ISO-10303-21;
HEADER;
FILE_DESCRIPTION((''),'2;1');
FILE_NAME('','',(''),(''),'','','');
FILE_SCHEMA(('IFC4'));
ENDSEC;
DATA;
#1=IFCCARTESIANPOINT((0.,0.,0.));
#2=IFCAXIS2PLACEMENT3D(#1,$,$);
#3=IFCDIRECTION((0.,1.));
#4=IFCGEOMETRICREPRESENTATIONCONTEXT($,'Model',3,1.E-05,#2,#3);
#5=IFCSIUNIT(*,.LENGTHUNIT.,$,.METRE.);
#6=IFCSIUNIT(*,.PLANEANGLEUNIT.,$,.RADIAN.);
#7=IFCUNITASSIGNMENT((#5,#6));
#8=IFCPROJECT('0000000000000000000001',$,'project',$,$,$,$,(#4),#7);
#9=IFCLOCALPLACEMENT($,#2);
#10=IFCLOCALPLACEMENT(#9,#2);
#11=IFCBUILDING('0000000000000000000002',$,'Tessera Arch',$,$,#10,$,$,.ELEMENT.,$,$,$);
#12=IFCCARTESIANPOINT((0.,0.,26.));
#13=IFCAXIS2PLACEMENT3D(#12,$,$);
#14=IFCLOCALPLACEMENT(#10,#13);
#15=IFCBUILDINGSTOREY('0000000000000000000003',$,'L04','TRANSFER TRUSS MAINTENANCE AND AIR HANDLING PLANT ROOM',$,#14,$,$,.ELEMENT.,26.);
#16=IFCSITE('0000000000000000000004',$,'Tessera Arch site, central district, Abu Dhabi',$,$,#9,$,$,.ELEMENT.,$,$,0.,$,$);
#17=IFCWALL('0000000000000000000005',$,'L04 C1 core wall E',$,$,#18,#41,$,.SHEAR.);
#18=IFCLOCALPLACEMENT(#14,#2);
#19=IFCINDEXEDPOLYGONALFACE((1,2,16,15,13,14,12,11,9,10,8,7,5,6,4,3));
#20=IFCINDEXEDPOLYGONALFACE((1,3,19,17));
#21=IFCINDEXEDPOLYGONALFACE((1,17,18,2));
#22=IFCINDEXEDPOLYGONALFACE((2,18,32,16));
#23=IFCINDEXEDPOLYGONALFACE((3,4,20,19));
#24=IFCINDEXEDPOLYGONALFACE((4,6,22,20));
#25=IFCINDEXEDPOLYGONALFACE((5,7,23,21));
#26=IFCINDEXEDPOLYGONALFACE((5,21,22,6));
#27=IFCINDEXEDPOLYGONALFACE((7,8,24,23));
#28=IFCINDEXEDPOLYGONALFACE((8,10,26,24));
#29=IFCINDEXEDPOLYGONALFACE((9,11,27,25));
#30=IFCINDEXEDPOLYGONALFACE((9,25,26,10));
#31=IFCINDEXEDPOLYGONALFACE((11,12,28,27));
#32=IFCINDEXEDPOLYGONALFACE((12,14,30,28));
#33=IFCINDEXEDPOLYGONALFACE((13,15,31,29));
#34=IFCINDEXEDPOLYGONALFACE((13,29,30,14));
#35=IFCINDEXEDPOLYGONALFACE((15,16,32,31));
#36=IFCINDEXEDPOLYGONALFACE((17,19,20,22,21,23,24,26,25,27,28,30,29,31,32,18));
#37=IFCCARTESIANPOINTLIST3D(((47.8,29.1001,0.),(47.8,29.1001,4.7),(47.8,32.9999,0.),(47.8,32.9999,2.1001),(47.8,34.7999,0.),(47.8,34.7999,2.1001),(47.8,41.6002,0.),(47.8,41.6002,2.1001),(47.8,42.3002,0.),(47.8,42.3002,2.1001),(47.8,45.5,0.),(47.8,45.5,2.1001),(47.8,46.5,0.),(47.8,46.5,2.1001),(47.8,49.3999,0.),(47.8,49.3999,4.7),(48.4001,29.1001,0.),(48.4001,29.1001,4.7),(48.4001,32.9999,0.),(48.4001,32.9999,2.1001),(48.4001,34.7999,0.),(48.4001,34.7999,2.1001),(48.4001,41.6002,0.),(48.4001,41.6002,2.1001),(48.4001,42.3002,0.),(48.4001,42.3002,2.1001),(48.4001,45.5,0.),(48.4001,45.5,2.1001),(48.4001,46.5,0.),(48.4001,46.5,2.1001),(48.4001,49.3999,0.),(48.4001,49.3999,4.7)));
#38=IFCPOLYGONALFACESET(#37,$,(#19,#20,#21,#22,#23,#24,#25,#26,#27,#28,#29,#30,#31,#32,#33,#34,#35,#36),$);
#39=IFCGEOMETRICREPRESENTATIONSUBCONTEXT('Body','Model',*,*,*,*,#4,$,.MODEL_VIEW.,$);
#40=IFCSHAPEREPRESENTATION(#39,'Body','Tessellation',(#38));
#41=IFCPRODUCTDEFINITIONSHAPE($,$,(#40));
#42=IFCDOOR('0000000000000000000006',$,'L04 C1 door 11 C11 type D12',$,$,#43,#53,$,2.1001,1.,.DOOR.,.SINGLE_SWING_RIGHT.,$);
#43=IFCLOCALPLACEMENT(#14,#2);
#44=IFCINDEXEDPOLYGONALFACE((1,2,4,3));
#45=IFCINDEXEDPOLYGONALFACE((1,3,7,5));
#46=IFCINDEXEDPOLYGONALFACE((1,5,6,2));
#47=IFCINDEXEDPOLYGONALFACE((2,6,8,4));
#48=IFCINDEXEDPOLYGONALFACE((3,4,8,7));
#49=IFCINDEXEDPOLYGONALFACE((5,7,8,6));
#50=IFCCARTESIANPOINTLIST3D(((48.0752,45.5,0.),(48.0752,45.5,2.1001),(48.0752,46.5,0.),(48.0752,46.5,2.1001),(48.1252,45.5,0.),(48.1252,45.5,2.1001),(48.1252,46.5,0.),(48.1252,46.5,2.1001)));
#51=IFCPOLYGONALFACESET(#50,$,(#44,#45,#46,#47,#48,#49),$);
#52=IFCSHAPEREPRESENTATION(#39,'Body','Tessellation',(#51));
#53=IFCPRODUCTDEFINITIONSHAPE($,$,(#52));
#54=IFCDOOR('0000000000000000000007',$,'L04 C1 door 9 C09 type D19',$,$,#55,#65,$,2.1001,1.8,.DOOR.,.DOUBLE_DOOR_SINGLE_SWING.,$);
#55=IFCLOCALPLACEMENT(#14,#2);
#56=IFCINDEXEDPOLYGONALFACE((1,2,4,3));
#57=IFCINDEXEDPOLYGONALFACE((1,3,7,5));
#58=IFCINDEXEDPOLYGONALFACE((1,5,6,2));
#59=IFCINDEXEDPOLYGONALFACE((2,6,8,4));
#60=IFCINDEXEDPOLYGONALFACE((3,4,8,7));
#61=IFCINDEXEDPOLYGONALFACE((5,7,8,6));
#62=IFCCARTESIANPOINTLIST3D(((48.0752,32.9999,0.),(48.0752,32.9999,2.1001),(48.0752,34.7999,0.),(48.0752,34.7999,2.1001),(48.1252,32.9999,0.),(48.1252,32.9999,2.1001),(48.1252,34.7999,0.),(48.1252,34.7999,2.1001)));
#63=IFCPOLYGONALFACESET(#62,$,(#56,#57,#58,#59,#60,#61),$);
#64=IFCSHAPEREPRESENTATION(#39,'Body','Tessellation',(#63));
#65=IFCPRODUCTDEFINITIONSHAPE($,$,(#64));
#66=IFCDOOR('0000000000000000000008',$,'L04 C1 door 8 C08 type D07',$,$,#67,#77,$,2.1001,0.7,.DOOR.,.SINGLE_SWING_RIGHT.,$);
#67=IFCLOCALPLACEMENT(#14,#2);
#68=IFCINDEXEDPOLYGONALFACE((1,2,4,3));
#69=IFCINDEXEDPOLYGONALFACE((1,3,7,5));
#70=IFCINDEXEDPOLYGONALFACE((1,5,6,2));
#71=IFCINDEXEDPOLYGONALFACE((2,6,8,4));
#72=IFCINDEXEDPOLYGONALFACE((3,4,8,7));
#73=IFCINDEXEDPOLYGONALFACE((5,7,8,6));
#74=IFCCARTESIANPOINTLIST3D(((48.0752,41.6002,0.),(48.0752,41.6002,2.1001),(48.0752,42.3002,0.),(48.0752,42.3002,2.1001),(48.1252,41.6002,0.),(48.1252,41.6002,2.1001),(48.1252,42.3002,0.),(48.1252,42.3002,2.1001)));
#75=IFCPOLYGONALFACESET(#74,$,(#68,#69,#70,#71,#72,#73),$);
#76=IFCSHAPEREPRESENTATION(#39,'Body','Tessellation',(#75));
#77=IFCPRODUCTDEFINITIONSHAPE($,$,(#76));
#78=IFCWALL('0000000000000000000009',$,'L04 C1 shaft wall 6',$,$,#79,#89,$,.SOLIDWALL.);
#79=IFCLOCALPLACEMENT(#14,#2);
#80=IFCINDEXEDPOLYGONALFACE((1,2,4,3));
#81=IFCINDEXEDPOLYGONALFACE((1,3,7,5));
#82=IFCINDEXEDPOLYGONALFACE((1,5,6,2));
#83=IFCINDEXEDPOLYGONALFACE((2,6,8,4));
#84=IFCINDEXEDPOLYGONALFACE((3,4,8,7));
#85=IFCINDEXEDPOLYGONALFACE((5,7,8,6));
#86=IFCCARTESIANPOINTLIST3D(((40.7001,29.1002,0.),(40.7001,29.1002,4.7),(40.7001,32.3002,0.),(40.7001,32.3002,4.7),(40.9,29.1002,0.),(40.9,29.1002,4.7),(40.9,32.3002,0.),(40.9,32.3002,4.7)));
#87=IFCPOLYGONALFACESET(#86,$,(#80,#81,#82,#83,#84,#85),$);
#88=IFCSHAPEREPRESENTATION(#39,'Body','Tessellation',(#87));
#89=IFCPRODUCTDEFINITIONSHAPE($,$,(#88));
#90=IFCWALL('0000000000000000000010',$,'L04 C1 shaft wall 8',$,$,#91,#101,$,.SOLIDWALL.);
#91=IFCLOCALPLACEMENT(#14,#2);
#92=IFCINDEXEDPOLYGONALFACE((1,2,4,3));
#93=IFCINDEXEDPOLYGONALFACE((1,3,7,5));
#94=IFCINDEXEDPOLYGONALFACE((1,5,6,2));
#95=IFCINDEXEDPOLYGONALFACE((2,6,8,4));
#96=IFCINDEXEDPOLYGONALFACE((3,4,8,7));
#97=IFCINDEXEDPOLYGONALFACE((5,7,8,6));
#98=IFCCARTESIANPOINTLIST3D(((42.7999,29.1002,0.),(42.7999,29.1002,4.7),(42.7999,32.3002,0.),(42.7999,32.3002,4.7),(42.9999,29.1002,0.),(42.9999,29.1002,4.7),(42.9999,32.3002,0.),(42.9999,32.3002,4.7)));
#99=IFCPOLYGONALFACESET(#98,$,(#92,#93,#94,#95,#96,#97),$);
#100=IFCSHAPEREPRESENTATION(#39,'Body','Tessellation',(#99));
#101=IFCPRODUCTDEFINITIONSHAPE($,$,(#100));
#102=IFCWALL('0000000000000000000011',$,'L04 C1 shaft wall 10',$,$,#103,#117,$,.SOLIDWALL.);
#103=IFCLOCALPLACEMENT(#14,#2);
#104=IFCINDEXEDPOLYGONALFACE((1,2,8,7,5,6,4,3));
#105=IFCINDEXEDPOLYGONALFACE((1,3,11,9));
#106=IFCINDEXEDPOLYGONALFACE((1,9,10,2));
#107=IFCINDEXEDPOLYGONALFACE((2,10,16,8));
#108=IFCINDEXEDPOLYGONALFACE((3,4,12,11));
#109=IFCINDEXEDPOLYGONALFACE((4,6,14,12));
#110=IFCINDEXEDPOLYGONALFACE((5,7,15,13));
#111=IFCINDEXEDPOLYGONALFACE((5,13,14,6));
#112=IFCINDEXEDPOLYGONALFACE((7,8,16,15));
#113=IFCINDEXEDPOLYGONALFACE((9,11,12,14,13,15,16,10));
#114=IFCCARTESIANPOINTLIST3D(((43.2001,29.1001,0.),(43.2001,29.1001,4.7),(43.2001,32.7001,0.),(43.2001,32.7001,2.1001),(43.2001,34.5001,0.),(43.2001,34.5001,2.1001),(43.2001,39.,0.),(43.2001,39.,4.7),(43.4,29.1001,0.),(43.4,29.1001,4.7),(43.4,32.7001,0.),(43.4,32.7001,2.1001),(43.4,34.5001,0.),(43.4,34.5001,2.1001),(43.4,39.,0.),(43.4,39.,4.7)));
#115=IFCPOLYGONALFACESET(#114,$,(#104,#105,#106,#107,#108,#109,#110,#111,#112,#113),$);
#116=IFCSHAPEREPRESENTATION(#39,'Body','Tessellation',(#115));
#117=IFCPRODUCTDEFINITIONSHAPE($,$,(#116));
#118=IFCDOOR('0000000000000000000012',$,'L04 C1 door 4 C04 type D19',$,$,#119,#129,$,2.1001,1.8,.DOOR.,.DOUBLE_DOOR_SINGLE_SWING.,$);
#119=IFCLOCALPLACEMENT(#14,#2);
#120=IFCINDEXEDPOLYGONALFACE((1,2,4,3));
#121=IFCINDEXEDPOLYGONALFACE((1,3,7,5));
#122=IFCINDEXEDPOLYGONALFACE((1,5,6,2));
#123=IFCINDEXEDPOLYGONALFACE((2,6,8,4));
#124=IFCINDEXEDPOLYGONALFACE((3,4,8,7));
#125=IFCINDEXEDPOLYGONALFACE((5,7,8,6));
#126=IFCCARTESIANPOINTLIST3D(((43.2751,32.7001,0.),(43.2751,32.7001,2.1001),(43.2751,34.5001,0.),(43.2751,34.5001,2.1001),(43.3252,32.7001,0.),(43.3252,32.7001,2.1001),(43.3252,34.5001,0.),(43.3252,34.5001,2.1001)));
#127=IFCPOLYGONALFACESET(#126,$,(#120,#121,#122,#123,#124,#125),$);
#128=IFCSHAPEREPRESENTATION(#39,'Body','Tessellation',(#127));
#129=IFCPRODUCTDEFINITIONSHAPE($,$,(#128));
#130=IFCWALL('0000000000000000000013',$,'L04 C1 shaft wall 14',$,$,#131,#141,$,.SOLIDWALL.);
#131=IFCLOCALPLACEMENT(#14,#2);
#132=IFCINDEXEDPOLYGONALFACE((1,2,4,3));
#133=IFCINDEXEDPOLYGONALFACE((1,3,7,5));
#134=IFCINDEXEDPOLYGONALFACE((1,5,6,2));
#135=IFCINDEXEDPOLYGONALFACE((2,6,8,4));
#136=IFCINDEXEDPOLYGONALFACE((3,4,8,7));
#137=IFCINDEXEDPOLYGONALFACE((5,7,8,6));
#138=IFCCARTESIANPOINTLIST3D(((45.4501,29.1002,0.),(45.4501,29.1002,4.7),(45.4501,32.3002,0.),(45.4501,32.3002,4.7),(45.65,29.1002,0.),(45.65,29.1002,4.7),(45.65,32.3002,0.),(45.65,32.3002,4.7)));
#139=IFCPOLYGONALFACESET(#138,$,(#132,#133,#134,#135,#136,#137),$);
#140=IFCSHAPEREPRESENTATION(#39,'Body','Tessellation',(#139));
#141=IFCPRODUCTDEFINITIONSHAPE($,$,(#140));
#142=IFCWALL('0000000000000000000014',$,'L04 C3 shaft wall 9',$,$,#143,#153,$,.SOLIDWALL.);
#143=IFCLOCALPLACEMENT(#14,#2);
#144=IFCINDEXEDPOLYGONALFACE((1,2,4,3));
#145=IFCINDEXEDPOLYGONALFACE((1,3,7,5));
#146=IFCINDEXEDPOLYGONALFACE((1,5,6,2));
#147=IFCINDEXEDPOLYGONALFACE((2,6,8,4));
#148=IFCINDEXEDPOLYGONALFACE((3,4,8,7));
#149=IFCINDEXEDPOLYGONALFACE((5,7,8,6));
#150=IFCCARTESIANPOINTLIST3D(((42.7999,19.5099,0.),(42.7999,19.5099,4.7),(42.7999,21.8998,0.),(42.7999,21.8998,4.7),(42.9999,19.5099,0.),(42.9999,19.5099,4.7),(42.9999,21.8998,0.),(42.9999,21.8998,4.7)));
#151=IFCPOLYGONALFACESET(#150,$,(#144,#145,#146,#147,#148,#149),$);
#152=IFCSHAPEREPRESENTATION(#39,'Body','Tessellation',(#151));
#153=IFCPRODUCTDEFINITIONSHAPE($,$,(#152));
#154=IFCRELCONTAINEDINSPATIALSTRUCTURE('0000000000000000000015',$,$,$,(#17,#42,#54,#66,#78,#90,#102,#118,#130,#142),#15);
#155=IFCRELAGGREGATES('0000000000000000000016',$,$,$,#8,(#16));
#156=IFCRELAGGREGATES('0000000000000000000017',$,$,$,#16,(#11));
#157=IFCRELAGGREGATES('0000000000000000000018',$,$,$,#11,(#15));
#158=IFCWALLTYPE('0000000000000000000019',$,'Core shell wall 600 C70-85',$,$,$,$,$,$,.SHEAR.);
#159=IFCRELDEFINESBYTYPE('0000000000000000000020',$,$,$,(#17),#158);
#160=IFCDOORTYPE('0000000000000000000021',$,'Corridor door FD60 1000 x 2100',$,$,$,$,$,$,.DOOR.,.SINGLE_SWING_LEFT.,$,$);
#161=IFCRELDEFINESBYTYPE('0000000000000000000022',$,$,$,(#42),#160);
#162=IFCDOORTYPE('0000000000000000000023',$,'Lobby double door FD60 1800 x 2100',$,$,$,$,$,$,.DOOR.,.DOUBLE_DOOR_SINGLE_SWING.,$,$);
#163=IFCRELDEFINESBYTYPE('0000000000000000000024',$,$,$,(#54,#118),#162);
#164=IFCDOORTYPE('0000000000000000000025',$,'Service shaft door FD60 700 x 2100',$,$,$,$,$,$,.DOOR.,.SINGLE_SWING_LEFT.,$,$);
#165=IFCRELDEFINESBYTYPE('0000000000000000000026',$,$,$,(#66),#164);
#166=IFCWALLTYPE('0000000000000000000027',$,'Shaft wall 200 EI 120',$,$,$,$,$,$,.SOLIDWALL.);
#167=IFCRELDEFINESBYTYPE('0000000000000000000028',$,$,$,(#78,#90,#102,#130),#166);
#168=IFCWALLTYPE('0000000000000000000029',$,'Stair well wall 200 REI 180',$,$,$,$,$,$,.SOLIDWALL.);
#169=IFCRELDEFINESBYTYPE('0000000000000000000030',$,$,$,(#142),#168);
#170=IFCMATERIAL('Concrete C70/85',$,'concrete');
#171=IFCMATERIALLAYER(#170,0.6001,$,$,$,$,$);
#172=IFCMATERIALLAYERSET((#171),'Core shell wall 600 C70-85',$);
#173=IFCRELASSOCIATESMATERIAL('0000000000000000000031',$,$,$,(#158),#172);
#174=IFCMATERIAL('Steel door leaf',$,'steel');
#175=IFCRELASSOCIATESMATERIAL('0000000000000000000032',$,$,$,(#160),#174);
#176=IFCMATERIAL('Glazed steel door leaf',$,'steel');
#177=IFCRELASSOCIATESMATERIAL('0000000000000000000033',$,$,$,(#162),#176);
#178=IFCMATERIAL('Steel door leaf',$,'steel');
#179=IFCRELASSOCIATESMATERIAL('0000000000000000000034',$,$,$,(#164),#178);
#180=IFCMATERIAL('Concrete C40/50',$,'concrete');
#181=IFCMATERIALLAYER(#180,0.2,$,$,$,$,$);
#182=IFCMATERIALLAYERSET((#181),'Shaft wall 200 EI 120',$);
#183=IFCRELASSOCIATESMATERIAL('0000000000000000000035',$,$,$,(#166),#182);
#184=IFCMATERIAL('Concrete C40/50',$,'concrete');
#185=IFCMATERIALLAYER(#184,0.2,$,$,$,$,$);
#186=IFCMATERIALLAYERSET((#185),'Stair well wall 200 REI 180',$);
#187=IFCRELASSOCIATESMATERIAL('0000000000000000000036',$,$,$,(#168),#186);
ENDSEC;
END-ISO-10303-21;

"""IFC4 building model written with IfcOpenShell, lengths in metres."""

from ifc_helpers import new_model, si_unit, direction, frame, frame_2d, origin, place, context, subcontext, project, spatial, rectangle, extrude, material, layer, layer_set, type_object, element, fill, save


model = new_model("IFC4")

# Units and contexts
model_context = context("Model", 3, precision=1e-05, world=origin(), true_north=direction((0.0, 1.0)))
body_context = subcontext(model_context, "Body", "Model", "MODEL_VIEW")
ifc_project = project(units=[si_unit("LENGTHUNIT", "METRE"), si_unit("PLANEANGLEUNIT", "RADIAN")], contexts=[model_context])

# Site, building, storey
site_placement = place(None, origin())
site = spatial("IfcSite", under=ifc_project, at=site_placement, Name="Tessera Arch site, central district, Abu Dhabi", CompositionType="ELEMENT", RefElevation=0.0)
building_placement = place(site_placement, origin())
building = spatial("IfcBuilding", under=site, at=building_placement, Name="Tessera Arch", CompositionType="ELEMENT")
storey_placement = place(building_placement, frame((0.0, 0.0, 26.0)))
storey = spatial("IfcBuildingStorey", under=building, at=storey_placement, Name="L04", Description="TRANSFER TRUSS MAINTENANCE AND AIR HANDLING PLANT ROOM", CompositionType="ELEMENT", Elevation=26.0)

# Wall, openings, doors
ifc_material_1 = material(Name="Concrete C70/85", Category="concrete")
ifc_layer_1 = layer(ifc_material_1, 0.6001)
ifc_layer_set_1 = layer_set([ifc_layer_1], Name="Core shell wall 600 C70-85")
wall_type_1 = type_object("IfcWallType", Name="Core shell wall 600 C70-85", PredefinedType="SHEAR", material=ifc_layer_set_1)
wall_1_placement = place(storey_placement, frame((48.1001, 29.1001, 0.0), z_axis=(0.0, 0.0, 1.0), x_axis=(0.0, 1.0, 0.0)))
wall_1 = element("IfcWall", 1, at=wall_1_placement, inside=storey, type_object=wall_type_1, Name="L04 C1 core wall E", PredefinedType="SHEAR", context=body_context, shape_type="SweptSolid", body=[
    extrude(rectangle(XDim=20.2998, YDim=0.6001, at=frame_2d((10.1499, 0.0))), origin(), (0.0, 0.0, 1.0), 4.7),
])
opening_1_placement = place(wall_1_placement, frame((12.5, 0.0, 0.0)))
opening_1 = element("IfcOpeningElement", 2, at=opening_1_placement, cuts=wall_1, PredefinedType="OPENING", context=body_context, shape_type="SweptSolid", body=[
    extrude(rectangle(XDim=0.7, YDim=2.1001, at=frame_2d((0.3501, 1.05))), frame((0.0, 0.3101, 0.0), z_axis=(0.0, -1.0, 0.0), x_axis=(1.0, 0.0, 0.0)), (0.0, 0.0, 1.0), 0.6201),
])
opening_2_placement = place(wall_1_placement, frame((3.8999, 0.0, 0.0)))
opening_2 = element("IfcOpeningElement", 3, at=opening_2_placement, cuts=wall_1, PredefinedType="OPENING", context=body_context, shape_type="SweptSolid", body=[
    extrude(rectangle(XDim=1.8, YDim=2.1001, at=frame_2d((0.8999, 1.05))), frame((0.0, 0.3101, 0.0), z_axis=(0.0, -1.0, 0.0), x_axis=(1.0, 0.0, 0.0)), (0.0, 0.0, 1.0), 0.6201),
])
opening_3_placement = place(wall_1_placement, frame((16.3999, 0.0, 0.0)))
opening_3 = element("IfcOpeningElement", 4, at=opening_3_placement, cuts=wall_1, PredefinedType="OPENING", context=body_context, shape_type="SweptSolid", body=[
    extrude(rectangle(XDim=1.0, YDim=2.1001, at=frame_2d((0.5, 1.05))), frame((0.0, 0.3101, 0.0), z_axis=(0.0, -1.0, 0.0), x_axis=(1.0, 0.0, 0.0)), (0.0, 0.0, 1.0), 0.6201),
])
ifc_material_2 = material(Name="Steel door leaf", Category="steel")
door_type_1 = type_object("IfcDoorType", Name="Corridor door FD60 1000 x 2100", OperationType="SINGLE_SWING_LEFT", PredefinedType="DOOR", material=ifc_material_2)
door_1_placement = place(opening_3_placement, origin())
door_1 = element("IfcDoor", 5, at=door_1_placement, inside=storey, type_object=door_type_1, Name="L04 C1 door 11 C11 type D12", OperationType="SINGLE_SWING_RIGHT", OverallHeight=2.1001, OverallWidth=1.0, PredefinedType="DOOR", context=body_context, shape_type="SweptSolid", body=[
    extrude(rectangle(XDim=1.0, YDim=2.1001, at=frame_2d((0.5, 1.05))), frame((0.0, 0.0249, 0.0), z_axis=(0.0, -1.0, 0.0), x_axis=(1.0, 0.0, 0.0)), (0.0, 0.0, 1.0), 0.05),
])
fill(opening_3, door_1)
ifc_material_3 = material(Name="Glazed steel door leaf", Category="steel")
door_type_2 = type_object("IfcDoorType", Name="Lobby double door FD60 1800 x 2100", OperationType="DOUBLE_DOOR_SINGLE_SWING", PredefinedType="DOOR", material=ifc_material_3)
door_2_placement = place(opening_2_placement, origin())
door_2 = element("IfcDoor", 6, at=door_2_placement, inside=storey, type_object=door_type_2, Name="L04 C1 door 9 C09 type D19", OperationType="DOUBLE_DOOR_SINGLE_SWING", OverallHeight=2.1001, OverallWidth=1.8, PredefinedType="DOOR", context=body_context, shape_type="SweptSolid", body=[
    extrude(rectangle(XDim=1.8, YDim=2.1001, at=frame_2d((0.8999, 1.05))), frame((0.0, 0.0249, 0.0), z_axis=(0.0, -1.0, 0.0), x_axis=(1.0, 0.0, 0.0)), (0.0, 0.0, 1.0), 0.05),
])
fill(opening_2, door_2)
ifc_material_4 = material(Name="Steel door leaf", Category="steel")
door_type_3 = type_object("IfcDoorType", Name="Service shaft door FD60 700 x 2100", OperationType="SINGLE_SWING_LEFT", PredefinedType="DOOR", material=ifc_material_4)
door_3_placement = place(opening_1_placement, origin())
door_3 = element("IfcDoor", 7, at=door_3_placement, inside=storey, type_object=door_type_3, Name="L04 C1 door 8 C08 type D07", OperationType="SINGLE_SWING_RIGHT", OverallHeight=2.1001, OverallWidth=0.7, PredefinedType="DOOR", context=body_context, shape_type="SweptSolid", body=[
    extrude(rectangle(XDim=0.7, YDim=2.1001, at=frame_2d((0.3501, 1.05))), frame((0.0, 0.0249, 0.0), z_axis=(0.0, -1.0, 0.0), x_axis=(1.0, 0.0, 0.0)), (0.0, 0.0, 1.0), 0.05),
])
fill(opening_1, door_3)

# Walls
ifc_material_5 = material(Name="Concrete C40/50", Category="concrete")
ifc_layer_2 = layer(ifc_material_5, 0.2)
ifc_layer_set_2 = layer_set([ifc_layer_2], Name="Shaft wall 200 EI 120")
wall_type_2 = type_object("IfcWallType", Name="Shaft wall 200 EI 120", PredefinedType="SOLIDWALL", material=ifc_layer_set_2)
for number, where, z_axis, x_axis, name in (
    (8, (40.8, 29.1001, 0.0), (0.0, 0.0, 1.0), (0.0, 1.0, 0.0), "L04 C1 shaft wall 6"),
    (9, (42.8999, 29.1001, 0.0), (0.0, 0.0, 1.0), (0.0, 1.0, 0.0), "L04 C1 shaft wall 8"),
):
    element("IfcWall", number, at=place(storey_placement, frame(where, z_axis=z_axis, x_axis=x_axis)), inside=storey, type_object=wall_type_2, Name=name, PredefinedType="SOLIDWALL", context=body_context, shape_type="SweptSolid", body=[
        extrude(rectangle(XDim=3.2, YDim=0.2, at=frame_2d((1.6001, 0.0))), origin(), (0.0, 0.0, 1.0), 4.7),
    ])

# Wall, opening, door
wall_2_placement = place(storey_placement, frame((43.3, 29.1001, 0.0), z_axis=(0.0, 0.0, 1.0), x_axis=(0.0, 1.0, 0.0)))
wall_2 = element("IfcWall", 10, at=wall_2_placement, inside=storey, type_object=wall_type_2, Name="L04 C1 shaft wall 10", PredefinedType="SOLIDWALL", context=body_context, shape_type="SweptSolid", body=[
    extrude(rectangle(XDim=9.8999, YDim=0.2, at=frame_2d((4.95, 0.0))), origin(), (0.0, 0.0, 1.0), 4.7),
])
opening_4_placement = place(wall_2_placement, frame((3.6001, 0.0, 0.0)))
opening_4 = element("IfcOpeningElement", 11, at=opening_4_placement, cuts=wall_2, PredefinedType="OPENING", context=body_context, shape_type="SweptSolid", body=[
    extrude(rectangle(XDim=1.8, YDim=2.1001, at=frame_2d((0.8999, 1.05))), frame((0.0, 0.1099, 0.0), z_axis=(0.0, -1.0, 0.0), x_axis=(1.0, 0.0, 0.0)), (0.0, 0.0, 1.0), 0.22),
])
door_4_placement = place(opening_4_placement, origin())
door_4 = element("IfcDoor", 12, at=door_4_placement, inside=storey, type_object=door_type_2, Name="L04 C1 door 4 C04 type D19", OperationType="DOUBLE_DOOR_SINGLE_SWING", OverallHeight=2.1001, OverallWidth=1.8, PredefinedType="DOOR", context=body_context, shape_type="SweptSolid", body=[
    extrude(rectangle(XDim=1.8, YDim=2.1001, at=frame_2d((0.8999, 1.05))), frame((0.0, 0.0249, 0.0), z_axis=(0.0, -1.0, 0.0), x_axis=(1.0, 0.0, 0.0)), (0.0, 0.0, 1.0), 0.05),
])
fill(opening_4, door_4)

# Walls
wall_3_placement = place(storey_placement, frame((45.55, 29.1001, 0.0), z_axis=(0.0, 0.0, 1.0), x_axis=(0.0, 1.0, 0.0)))
element("IfcWall", 13, at=wall_3_placement, inside=storey, type_object=wall_type_2, Name="L04 C1 shaft wall 14", PredefinedType="SOLIDWALL", context=body_context, shape_type="SweptSolid", body=[
    extrude(rectangle(XDim=3.2, YDim=0.2, at=frame_2d((1.6001, 0.0))), origin(), (0.0, 0.0, 1.0), 4.7),
])
ifc_material_6 = material(Name="Concrete C40/50", Category="concrete")
ifc_layer_3 = layer(ifc_material_6, 0.2)
ifc_layer_set_3 = layer_set([ifc_layer_3], Name="Stair well wall 200 REI 180")
wall_type_3 = type_object("IfcWallType", Name="Stair well wall 200 REI 180", PredefinedType="SOLIDWALL", material=ifc_layer_set_3)
wall_4_placement = place(storey_placement, frame((42.8999, 19.51, 0.0), z_axis=(0.0, 0.0, 1.0), x_axis=(0.0, 1.0, 0.0)))
element("IfcWall", 14, at=wall_4_placement, inside=storey, type_object=wall_type_3, Name="L04 C3 shaft wall 9", PredefinedType="SOLIDWALL", context=body_context, shape_type="SweptSolid", body=[
    extrude(rectangle(XDim=2.3899, YDim=0.2, at=frame_2d((1.1948, 0.0))), origin(), (0.0, 0.0, 1.0), 4.7),
])

save(model, "model.ifc")
